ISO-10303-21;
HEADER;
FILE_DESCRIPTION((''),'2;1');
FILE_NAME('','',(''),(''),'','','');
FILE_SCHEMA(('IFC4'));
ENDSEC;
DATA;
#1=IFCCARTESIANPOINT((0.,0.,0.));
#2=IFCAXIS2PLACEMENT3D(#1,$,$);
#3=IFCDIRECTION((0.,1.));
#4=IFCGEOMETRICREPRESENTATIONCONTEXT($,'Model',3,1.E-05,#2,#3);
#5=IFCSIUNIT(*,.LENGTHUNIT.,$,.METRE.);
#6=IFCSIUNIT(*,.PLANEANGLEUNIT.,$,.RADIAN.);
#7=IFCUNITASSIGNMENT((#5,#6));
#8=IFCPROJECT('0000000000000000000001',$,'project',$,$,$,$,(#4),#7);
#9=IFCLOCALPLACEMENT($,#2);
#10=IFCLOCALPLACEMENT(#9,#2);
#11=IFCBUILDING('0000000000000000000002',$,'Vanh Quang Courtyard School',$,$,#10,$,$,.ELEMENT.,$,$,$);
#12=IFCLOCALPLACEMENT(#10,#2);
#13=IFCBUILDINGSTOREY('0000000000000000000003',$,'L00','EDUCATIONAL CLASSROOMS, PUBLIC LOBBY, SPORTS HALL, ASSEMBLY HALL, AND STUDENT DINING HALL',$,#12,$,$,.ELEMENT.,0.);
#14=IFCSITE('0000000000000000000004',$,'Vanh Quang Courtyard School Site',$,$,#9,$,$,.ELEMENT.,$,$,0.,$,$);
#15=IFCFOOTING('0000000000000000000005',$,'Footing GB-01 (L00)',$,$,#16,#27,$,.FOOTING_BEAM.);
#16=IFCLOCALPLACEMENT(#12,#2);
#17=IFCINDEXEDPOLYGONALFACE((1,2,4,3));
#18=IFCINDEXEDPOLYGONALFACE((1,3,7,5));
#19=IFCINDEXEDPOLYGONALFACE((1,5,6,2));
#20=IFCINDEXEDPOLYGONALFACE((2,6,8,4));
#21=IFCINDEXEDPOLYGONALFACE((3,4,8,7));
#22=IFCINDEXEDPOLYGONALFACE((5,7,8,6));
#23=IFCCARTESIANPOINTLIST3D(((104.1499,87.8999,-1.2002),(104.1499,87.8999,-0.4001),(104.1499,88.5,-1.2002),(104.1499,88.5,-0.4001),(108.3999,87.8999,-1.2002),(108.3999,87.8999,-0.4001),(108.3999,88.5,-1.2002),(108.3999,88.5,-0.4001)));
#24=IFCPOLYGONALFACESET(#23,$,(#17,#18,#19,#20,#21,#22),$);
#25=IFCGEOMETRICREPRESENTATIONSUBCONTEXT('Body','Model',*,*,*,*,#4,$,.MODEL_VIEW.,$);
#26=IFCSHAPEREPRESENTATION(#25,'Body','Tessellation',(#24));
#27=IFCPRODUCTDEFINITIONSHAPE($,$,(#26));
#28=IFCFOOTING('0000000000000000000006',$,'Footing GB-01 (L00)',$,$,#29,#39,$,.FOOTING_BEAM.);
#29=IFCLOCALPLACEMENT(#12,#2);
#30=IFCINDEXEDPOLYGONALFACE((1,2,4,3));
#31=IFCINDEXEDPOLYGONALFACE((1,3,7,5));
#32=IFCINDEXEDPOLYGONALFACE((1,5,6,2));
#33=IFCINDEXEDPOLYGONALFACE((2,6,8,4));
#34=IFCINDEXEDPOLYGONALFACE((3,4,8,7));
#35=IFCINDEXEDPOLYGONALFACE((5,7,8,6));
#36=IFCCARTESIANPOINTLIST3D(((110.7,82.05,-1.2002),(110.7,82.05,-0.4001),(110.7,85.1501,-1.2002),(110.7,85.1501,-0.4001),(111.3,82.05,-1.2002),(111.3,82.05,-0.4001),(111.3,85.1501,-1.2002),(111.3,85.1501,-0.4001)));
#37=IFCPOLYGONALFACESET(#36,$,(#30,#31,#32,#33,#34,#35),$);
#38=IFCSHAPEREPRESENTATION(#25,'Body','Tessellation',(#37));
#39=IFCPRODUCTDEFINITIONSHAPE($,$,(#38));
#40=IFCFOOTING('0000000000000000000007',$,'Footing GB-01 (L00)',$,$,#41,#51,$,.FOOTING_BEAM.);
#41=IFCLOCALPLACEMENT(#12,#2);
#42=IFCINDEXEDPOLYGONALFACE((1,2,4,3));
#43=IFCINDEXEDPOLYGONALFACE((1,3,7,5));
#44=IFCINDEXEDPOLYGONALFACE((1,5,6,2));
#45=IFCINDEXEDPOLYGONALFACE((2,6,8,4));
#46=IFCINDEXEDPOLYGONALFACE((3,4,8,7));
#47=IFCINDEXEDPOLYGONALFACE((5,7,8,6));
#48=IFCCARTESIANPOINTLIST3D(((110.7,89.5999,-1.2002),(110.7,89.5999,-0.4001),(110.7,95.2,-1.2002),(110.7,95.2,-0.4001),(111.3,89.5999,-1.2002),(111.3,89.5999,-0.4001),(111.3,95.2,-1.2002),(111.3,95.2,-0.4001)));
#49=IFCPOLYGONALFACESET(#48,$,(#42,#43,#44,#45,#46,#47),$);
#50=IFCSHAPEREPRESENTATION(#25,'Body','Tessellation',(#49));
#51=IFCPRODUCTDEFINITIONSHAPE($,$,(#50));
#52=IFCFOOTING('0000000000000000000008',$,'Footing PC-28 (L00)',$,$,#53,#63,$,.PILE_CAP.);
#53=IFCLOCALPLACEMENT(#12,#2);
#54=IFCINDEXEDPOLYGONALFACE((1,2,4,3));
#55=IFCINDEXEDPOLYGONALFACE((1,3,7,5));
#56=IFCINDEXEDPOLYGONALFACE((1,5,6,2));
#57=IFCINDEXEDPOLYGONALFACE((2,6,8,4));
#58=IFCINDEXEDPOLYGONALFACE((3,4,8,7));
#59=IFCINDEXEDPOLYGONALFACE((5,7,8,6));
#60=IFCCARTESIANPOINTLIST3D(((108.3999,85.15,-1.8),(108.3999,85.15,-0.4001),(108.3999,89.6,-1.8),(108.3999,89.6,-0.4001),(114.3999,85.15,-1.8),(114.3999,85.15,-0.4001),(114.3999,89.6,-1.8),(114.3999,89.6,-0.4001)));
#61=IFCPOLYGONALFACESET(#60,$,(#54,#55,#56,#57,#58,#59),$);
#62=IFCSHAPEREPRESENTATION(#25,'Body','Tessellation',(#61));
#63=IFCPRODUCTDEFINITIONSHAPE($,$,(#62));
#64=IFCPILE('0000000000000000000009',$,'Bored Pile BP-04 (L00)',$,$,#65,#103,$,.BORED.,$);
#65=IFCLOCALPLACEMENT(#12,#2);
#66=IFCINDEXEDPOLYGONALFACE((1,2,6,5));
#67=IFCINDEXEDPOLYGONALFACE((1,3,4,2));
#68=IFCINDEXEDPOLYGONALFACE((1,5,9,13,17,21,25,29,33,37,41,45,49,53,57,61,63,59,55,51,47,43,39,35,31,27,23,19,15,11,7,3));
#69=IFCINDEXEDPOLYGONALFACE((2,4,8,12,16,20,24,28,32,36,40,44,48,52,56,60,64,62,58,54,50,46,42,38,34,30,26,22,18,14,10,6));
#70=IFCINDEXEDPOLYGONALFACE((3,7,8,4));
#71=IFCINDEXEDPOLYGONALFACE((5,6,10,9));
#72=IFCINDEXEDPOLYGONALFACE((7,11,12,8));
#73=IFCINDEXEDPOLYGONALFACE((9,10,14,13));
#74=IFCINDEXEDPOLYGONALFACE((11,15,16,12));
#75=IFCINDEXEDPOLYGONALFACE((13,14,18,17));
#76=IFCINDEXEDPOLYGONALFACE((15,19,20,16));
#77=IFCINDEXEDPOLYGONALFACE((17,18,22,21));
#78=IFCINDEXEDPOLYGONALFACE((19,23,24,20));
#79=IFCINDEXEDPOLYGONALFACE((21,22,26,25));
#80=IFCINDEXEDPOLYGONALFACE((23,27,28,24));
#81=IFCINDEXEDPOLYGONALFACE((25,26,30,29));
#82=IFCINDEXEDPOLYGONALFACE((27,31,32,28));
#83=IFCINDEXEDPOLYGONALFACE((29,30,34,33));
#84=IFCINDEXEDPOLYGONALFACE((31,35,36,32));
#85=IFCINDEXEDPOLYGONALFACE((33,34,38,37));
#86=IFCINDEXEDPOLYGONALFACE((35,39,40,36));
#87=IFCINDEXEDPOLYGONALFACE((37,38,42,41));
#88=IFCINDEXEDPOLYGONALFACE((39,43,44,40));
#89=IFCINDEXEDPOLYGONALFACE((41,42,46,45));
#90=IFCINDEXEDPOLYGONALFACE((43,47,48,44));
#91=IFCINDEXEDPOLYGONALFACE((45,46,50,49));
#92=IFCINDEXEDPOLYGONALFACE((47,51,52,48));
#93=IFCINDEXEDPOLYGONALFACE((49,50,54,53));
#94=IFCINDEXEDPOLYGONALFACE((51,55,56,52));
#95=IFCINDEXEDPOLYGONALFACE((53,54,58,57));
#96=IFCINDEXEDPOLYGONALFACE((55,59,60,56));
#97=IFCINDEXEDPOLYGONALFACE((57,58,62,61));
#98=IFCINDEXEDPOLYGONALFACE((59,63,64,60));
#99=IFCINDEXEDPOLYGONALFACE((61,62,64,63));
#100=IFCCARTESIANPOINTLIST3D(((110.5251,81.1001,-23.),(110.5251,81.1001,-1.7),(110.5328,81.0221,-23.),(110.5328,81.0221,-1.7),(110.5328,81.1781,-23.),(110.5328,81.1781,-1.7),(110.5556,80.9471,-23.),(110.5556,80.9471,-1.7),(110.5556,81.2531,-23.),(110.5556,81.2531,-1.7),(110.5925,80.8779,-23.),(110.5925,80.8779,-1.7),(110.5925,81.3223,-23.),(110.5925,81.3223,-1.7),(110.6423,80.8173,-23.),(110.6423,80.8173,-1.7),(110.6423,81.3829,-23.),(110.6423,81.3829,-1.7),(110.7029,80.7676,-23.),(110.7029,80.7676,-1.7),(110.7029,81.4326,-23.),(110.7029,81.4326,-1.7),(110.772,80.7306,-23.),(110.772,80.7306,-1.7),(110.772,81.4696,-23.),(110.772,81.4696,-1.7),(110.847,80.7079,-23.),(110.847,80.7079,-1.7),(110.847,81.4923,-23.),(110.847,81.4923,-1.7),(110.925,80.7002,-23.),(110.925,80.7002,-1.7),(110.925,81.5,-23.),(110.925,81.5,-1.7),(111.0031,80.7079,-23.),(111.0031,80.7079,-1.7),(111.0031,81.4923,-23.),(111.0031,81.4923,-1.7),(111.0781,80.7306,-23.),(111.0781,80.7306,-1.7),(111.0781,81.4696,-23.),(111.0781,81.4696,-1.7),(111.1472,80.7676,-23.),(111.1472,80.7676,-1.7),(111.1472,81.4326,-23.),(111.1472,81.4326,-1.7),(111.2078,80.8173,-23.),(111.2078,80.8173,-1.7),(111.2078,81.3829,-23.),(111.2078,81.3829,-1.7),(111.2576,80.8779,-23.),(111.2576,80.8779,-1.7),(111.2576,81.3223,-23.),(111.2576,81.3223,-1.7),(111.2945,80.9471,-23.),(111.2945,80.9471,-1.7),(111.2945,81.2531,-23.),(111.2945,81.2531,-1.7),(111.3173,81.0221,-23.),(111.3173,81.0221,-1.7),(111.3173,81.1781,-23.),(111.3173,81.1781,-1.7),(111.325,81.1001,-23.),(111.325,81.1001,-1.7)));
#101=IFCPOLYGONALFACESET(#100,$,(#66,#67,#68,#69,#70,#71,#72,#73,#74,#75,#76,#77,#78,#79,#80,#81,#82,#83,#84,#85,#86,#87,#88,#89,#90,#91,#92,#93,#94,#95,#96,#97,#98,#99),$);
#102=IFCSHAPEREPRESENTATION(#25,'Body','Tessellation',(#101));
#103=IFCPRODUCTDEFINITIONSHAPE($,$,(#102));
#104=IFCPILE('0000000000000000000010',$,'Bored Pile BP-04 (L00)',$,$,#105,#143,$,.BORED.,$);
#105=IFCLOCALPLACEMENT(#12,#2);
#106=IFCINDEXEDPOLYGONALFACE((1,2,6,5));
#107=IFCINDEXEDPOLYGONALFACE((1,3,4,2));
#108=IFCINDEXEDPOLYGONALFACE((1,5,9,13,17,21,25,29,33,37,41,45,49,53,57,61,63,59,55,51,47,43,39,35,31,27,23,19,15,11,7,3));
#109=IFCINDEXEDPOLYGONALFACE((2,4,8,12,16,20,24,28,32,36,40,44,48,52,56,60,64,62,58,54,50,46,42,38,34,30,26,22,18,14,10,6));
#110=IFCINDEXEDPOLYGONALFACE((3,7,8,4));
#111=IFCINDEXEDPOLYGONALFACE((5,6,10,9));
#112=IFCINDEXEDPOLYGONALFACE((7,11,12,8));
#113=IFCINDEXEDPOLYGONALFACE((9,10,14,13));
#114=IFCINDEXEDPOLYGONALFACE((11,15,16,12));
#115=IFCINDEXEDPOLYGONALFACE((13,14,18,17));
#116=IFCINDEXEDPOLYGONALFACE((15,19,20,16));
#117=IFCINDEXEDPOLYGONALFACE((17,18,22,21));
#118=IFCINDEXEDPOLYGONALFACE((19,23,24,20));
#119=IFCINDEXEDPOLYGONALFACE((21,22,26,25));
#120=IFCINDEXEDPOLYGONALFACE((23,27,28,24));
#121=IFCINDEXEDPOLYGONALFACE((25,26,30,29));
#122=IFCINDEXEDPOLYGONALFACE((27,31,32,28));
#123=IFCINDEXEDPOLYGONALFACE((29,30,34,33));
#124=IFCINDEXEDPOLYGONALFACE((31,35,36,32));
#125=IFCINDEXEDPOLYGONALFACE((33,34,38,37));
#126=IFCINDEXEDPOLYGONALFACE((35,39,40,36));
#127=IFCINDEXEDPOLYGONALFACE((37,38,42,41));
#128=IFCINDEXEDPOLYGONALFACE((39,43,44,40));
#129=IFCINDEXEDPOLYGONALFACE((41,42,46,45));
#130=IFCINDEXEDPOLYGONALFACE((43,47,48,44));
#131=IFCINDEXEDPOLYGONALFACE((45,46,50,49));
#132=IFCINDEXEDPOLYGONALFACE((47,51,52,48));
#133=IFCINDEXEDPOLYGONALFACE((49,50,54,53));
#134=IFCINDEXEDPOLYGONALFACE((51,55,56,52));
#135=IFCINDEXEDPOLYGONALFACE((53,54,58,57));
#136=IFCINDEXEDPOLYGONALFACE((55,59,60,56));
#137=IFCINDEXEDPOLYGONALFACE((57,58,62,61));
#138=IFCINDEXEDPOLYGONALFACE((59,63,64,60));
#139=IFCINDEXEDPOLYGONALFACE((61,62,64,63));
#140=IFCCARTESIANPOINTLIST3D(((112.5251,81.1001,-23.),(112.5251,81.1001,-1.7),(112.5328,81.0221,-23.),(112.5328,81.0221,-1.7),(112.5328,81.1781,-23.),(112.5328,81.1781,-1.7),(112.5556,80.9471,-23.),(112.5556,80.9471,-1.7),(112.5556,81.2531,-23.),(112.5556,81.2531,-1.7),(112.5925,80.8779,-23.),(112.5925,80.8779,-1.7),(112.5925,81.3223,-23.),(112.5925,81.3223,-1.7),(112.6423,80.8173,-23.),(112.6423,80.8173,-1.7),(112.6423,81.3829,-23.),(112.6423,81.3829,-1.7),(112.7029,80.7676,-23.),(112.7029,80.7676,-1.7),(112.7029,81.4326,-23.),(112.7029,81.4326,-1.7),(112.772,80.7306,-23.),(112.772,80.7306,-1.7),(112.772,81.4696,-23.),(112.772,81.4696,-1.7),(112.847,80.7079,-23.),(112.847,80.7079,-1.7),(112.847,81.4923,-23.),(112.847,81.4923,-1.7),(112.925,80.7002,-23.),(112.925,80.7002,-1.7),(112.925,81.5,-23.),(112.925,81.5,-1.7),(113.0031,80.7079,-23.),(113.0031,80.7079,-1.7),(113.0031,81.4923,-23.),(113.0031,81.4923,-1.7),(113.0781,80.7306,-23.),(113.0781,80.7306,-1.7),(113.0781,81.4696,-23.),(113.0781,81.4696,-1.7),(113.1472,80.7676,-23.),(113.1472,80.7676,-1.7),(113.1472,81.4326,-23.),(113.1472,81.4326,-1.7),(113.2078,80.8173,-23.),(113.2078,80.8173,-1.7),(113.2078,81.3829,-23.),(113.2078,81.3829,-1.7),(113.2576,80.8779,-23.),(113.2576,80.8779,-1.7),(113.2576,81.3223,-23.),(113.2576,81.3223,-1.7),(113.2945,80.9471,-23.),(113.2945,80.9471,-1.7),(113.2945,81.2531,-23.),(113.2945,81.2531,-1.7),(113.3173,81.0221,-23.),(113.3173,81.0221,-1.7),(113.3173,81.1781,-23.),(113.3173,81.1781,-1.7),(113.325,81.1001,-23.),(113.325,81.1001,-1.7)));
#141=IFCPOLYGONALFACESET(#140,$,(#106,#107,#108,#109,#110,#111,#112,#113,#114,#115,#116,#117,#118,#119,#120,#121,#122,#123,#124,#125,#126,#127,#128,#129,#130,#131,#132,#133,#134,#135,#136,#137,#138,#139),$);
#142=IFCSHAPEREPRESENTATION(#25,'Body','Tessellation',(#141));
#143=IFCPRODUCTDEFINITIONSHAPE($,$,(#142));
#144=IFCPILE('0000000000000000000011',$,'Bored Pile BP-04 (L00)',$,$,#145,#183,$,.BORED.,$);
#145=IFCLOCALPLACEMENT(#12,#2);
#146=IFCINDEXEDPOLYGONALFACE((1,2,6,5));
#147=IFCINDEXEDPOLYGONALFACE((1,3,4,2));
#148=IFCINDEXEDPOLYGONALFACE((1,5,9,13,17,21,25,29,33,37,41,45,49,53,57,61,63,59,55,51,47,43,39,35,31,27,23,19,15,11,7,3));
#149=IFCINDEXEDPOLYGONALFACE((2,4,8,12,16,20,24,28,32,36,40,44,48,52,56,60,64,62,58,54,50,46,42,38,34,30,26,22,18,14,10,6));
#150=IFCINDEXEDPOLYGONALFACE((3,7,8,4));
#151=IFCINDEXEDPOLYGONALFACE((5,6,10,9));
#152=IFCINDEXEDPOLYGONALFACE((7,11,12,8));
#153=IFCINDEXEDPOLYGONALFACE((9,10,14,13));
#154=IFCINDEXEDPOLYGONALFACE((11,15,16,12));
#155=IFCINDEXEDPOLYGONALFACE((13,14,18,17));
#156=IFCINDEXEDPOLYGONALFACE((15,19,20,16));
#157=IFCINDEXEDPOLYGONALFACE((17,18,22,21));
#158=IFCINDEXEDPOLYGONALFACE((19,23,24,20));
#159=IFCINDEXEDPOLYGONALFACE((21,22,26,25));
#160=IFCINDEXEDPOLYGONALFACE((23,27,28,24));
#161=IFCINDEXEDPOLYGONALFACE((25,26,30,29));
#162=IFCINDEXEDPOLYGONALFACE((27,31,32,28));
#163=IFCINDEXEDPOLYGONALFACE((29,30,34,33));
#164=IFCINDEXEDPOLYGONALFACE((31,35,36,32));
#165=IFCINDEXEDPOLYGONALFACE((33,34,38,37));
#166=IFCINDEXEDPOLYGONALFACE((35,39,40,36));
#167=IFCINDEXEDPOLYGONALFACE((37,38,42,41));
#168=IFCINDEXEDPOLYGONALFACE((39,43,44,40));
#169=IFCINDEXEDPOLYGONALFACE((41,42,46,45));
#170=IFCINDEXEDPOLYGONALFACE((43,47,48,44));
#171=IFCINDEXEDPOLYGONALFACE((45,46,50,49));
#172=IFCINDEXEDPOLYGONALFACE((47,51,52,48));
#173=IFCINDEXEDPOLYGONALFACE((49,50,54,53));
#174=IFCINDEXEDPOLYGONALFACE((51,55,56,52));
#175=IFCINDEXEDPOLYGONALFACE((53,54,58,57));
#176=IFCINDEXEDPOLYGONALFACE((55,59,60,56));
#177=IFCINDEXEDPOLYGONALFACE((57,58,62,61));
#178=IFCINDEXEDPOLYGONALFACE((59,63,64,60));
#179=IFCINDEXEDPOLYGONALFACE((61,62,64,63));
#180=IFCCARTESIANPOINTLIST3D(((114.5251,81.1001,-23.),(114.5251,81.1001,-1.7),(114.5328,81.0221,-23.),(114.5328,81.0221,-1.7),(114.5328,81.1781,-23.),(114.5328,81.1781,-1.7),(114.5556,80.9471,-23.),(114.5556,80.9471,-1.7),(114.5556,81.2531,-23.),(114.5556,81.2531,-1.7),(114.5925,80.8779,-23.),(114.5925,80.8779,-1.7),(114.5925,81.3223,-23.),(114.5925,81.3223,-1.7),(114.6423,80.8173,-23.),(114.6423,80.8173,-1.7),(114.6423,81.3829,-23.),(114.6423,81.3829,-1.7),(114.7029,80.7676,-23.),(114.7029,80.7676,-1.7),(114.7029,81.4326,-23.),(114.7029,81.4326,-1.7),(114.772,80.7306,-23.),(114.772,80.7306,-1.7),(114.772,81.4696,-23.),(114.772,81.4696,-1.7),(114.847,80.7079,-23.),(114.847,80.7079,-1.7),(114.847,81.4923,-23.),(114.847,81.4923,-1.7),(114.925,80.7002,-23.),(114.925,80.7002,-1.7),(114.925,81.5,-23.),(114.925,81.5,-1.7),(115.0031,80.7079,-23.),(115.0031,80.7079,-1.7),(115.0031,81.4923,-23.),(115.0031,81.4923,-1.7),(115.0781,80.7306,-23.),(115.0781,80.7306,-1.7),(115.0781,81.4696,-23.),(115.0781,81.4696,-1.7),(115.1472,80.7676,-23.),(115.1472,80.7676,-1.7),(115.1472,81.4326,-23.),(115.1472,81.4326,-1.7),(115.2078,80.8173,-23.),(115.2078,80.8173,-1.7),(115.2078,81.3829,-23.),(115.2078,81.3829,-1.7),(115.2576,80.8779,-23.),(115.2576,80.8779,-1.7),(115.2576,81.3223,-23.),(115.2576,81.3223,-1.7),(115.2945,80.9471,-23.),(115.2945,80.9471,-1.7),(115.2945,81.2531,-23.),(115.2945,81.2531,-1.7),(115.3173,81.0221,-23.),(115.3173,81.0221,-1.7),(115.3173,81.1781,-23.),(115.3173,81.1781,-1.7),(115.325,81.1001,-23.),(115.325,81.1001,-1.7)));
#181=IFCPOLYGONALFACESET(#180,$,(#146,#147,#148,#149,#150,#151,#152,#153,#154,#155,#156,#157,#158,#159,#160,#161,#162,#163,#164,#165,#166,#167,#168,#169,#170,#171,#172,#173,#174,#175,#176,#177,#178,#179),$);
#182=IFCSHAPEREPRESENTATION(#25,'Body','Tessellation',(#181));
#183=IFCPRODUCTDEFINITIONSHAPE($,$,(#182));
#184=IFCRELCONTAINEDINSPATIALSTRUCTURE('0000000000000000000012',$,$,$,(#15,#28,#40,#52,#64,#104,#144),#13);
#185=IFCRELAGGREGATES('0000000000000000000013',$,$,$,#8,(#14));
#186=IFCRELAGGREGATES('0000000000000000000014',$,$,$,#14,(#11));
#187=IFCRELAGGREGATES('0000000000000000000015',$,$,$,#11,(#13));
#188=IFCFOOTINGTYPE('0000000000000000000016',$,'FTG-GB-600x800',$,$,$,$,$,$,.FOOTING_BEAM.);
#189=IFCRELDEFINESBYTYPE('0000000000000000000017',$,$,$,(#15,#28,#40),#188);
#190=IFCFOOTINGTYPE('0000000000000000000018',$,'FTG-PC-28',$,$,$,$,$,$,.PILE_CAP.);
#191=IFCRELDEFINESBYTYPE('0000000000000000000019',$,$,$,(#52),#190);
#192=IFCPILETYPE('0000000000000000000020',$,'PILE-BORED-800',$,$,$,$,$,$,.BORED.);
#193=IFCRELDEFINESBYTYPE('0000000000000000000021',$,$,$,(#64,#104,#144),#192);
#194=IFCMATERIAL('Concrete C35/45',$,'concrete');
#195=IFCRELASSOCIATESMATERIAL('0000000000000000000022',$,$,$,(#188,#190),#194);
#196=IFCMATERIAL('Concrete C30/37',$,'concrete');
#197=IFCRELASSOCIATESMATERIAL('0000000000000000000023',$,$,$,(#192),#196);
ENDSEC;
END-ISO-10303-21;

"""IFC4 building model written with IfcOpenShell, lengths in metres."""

from ifc_helpers import new_model, si_unit, direction, frame, origin, origin_2d, place, context, subcontext, project, spatial, rectangle, circle, extrude, material, material_profile, profile_set, type_object, element, save


model = new_model("IFC4")

# Units and contexts
model_context = context("Model", 3, precision=1e-05, world=origin(), true_north=direction((0.0, 1.0)))
body_context = subcontext(model_context, "Body", "Model", "MODEL_VIEW")
ifc_project = project(units=[si_unit("LENGTHUNIT", "METRE"), si_unit("PLANEANGLEUNIT", "RADIAN")], contexts=[model_context])

# Site, building, storey
site_placement = place(None, origin())
site = spatial("IfcSite", under=ifc_project, at=site_placement, Name="Vanh Quang Courtyard School Site", CompositionType="ELEMENT", RefElevation=0.0)
building_placement = place(site_placement, origin())
building = spatial("IfcBuilding", under=site, at=building_placement, Name="Vanh Quang Courtyard School", CompositionType="ELEMENT")
storey_placement = place(building_placement, origin())
storey = spatial("IfcBuildingStorey", under=building, at=storey_placement, Name="L00", Description="EDUCATIONAL CLASSROOMS, PUBLIC LOBBY, SPORTS HALL, ASSEMBLY HALL, AND STUDENT DINING HALL", CompositionType="ELEMENT", Elevation=0.0)

# Footings
ifc_material_1 = material(Name="Concrete C35/45", Category="concrete")
footing_type_1 = type_object("IfcFootingType", Name="FTG-GB-600x800", PredefinedType="FOOTING_BEAM", material=ifc_material_1)
footing_1_placement = place(storey_placement, frame((106.2749, 88.2, -1.2002), z_axis=(0.0, 0.0, 1.0), x_axis=(1.0, 0.0, 0.0)))
element("IfcFooting", 1, at=footing_1_placement, inside=storey, type_object=footing_type_1, Name="Footing GB-01 (L00)", PredefinedType="FOOTING_BEAM", context=body_context, shape_type="SweptSolid", body=[
    extrude(rectangle(XDim=4.25, YDim=0.6001, at=origin_2d()), origin(), (0.0, 0.0, 1.0), 0.8),
])
footing_2_placement = place(storey_placement, frame((111.0, 83.6001, -1.2002), z_axis=(0.0, 0.0, 1.0), x_axis=(0.0, 1.0, 0.0)))
element("IfcFooting", 2, at=footing_2_placement, inside=storey, type_object=footing_type_1, Name="Footing GB-01 (L00)", PredefinedType="FOOTING_BEAM", context=body_context, shape_type="SweptSolid", body=[
    extrude(rectangle(XDim=3.1001, YDim=0.6001, at=origin_2d()), origin(), (0.0, 0.0, 1.0), 0.8),
])
footing_3_placement = place(storey_placement, frame((111.0, 92.3999, -1.2002), z_axis=(0.0, 0.0, 1.0), x_axis=(0.0, 1.0, 0.0)))
element("IfcFooting", 3, at=footing_3_placement, inside=storey, type_object=footing_type_1, Name="Footing GB-01 (L00)", PredefinedType="FOOTING_BEAM", context=body_context, shape_type="SweptSolid", body=[
    extrude(rectangle(XDim=5.6001, YDim=0.6001, at=origin_2d()), origin(), (0.0, 0.0, 1.0), 0.8),
])
footing_type_2 = type_object("IfcFootingType", Name="FTG-PC-28", PredefinedType="PILE_CAP", material=ifc_material_1)
footing_4_placement = place(storey_placement, frame((111.3999, 87.375, -1.8), z_axis=(0.0, 0.0, 1.0), x_axis=(1.0, 0.0, 0.0)))
element("IfcFooting", 4, at=footing_4_placement, inside=storey, type_object=footing_type_2, Name="Footing PC-28 (L00)", PredefinedType="PILE_CAP", context=body_context, shape_type="SweptSolid", body=[
    extrude(rectangle(XDim=6.0, YDim=4.45, at=origin_2d()), origin(), (0.0, 0.0, 1.0), 1.3999),
])

# Piles
ifc_material_2 = material(Name="Concrete C30/37", Category="concrete")
ifc_material_profile_1 = material_profile(ifc_material_2, circle(Radius=0.3999, at=origin_2d()), Name="PILE D800")
ifc_profile_set_1 = profile_set([ifc_material_profile_1], Name="Concrete C30/37")
pile_type = type_object("IfcPileType", Name="PILE-BORED-800", PredefinedType="BORED", material=ifc_profile_set_1)
for number, where, z_axis, x_axis, name in (
    (5, (110.925, 81.1001, -1.7), (0.0, 0.0, -1.0), (1.0, 0.0, 0.0), "Bored Pile BP-04 (L00)"),
    (6, (112.925, 81.1001, -1.7), (0.0, 0.0, -1.0), (1.0, 0.0, 0.0), "Bored Pile BP-04 (L00)"),
    (7, (114.925, 81.1001, -1.7), (0.0, 0.0, -1.0), (1.0, 0.0, 0.0), "Bored Pile BP-04 (L00)"),
):
    element("IfcPile", number, at=place(storey_placement, frame(where, z_axis=z_axis, x_axis=x_axis)), inside=storey, type_object=pile_type, Name=name, PredefinedType="BORED", context=body_context, shape_type="SweptSolid", body=[
        extrude(circle(Radius=0.3999, at=origin_2d()), origin(), (0.0, 0.0, 1.0), 21.3),
    ])

save(model, "model.ifc")
